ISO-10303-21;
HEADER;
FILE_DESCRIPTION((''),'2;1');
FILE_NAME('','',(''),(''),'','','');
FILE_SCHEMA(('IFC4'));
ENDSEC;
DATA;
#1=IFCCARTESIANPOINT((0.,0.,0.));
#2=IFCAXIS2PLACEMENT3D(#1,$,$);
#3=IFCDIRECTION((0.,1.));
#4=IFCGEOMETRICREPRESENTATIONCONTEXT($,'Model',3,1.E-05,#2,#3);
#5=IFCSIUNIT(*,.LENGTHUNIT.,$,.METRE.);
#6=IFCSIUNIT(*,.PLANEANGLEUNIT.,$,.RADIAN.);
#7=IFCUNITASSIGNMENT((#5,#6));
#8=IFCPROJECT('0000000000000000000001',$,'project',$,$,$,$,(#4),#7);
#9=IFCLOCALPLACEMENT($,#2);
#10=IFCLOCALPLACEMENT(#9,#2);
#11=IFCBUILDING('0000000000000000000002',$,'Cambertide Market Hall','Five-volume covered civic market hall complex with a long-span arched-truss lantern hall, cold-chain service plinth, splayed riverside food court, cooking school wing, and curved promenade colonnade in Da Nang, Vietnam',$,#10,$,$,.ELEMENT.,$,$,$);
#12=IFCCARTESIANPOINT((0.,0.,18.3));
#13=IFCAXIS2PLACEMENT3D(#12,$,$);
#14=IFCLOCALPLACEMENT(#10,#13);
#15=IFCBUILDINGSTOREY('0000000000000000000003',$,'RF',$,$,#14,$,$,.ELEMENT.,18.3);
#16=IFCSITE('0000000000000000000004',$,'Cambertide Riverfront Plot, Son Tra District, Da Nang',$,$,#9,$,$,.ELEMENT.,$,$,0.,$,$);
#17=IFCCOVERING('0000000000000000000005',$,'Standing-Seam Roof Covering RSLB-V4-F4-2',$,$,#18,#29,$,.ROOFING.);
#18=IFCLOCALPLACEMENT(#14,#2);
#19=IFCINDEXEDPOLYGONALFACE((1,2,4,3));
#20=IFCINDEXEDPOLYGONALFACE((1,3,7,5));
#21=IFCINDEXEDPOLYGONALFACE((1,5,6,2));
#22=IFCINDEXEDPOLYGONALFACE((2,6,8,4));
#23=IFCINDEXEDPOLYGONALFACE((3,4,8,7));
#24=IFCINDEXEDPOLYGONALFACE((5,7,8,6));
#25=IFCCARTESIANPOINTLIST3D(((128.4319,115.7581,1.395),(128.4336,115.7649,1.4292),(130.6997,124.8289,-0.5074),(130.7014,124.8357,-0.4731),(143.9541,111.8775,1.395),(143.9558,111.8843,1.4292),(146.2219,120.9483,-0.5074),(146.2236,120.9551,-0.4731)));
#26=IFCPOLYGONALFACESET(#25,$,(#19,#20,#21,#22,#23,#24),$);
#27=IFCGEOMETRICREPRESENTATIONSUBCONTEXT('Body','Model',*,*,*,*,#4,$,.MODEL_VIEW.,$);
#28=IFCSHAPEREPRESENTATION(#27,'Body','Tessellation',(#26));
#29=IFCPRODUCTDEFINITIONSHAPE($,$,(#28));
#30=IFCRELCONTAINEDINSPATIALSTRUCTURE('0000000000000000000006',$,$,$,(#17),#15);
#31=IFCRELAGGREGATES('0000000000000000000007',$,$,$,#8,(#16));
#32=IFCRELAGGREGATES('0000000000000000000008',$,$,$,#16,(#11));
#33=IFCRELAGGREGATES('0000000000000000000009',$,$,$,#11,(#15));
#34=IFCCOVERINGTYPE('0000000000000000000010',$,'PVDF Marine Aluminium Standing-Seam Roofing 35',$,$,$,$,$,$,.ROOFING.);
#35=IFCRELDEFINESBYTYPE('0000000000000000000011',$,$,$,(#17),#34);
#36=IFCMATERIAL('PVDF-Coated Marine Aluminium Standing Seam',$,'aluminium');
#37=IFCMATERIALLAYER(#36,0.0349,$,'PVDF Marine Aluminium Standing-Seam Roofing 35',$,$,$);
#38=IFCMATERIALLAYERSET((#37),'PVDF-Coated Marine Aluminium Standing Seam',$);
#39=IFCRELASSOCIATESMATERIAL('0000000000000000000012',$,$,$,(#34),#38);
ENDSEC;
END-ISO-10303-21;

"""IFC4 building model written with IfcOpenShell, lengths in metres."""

from ifc_helpers import new_model, si_unit, direction, frame, origin, place, context, subcontext, project, spatial, polyline, outline, extrude, material, layer, layer_set, type_object, element, save


model = new_model("IFC4")

# Units and contexts
model_context = context("Model", 3, precision=1e-05, world=origin(), true_north=direction((0.0, 1.0)))
body_context = subcontext(model_context, "Body", "Model", "MODEL_VIEW")
ifc_project = project(units=[si_unit("LENGTHUNIT", "METRE"), si_unit("PLANEANGLEUNIT", "RADIAN")], contexts=[model_context])

# Site, building, storey
site_placement = place(None, origin())
site = spatial("IfcSite", under=ifc_project, at=site_placement, Name="Cambertide Riverfront Plot, Son Tra District, Da Nang", CompositionType="ELEMENT", RefElevation=0.0)
building_placement = place(site_placement, origin())
building = spatial("IfcBuilding", under=site, at=building_placement, Name="Cambertide Market Hall", Description="Five-volume covered civic market hall complex with a long-span arched-truss lantern hall, cold-chain service plinth, splayed riverside food court, cooking school wing, and curved promenade colonnade in Da Nang, Vietnam", CompositionType="ELEMENT")
storey_placement = place(building_placement, frame((0.0, 0.0, 18.3)))
storey = spatial("IfcBuildingStorey", under=building, at=storey_placement, Name="RF", CompositionType="ELEMENT", Elevation=18.3)

# Covering
ifc_material_1 = material(Name="PVDF-Coated Marine Aluminium Standing Seam", Category="aluminium")
ifc_layer_1 = layer(ifc_material_1, 0.0349, Name="PVDF Marine Aluminium Standing-Seam Roofing 35")
ifc_layer_set_1 = layer_set([ifc_layer_1], Name="PVDF-Coated Marine Aluminium Standing Seam")
covering_type = type_object("IfcCoveringType", Name="PVDF Marine Aluminium Standing-Seam Roofing 35", PredefinedType="ROOFING", material=ifc_layer_set_1)
covering_1_placement = place(storey_placement, frame((128.4336, 115.7649, 1.4292), z_axis=(0.048356, 0.193422, 0.979923), x_axis=(0.970142, -0.242539, 0.0)))
element("IfcCovering", 1, at=covering_1_placement, inside=storey, type_object=covering_type, Name="Standing-Seam Roof Covering RSLB-V4-F4-2", PredefinedType="ROOFING", context=body_context, shape_type="SweptSolid", body=[
    extrude(outline(polyline([(0.0, 0.0), (15.9999, 0.0), (16.0, 9.5416), (0.0001, 9.5416), (0.0, 0.0)])), origin(), (0.0, 0.0, -1.0), 0.0349),
])

save(model, "model.ifc")
